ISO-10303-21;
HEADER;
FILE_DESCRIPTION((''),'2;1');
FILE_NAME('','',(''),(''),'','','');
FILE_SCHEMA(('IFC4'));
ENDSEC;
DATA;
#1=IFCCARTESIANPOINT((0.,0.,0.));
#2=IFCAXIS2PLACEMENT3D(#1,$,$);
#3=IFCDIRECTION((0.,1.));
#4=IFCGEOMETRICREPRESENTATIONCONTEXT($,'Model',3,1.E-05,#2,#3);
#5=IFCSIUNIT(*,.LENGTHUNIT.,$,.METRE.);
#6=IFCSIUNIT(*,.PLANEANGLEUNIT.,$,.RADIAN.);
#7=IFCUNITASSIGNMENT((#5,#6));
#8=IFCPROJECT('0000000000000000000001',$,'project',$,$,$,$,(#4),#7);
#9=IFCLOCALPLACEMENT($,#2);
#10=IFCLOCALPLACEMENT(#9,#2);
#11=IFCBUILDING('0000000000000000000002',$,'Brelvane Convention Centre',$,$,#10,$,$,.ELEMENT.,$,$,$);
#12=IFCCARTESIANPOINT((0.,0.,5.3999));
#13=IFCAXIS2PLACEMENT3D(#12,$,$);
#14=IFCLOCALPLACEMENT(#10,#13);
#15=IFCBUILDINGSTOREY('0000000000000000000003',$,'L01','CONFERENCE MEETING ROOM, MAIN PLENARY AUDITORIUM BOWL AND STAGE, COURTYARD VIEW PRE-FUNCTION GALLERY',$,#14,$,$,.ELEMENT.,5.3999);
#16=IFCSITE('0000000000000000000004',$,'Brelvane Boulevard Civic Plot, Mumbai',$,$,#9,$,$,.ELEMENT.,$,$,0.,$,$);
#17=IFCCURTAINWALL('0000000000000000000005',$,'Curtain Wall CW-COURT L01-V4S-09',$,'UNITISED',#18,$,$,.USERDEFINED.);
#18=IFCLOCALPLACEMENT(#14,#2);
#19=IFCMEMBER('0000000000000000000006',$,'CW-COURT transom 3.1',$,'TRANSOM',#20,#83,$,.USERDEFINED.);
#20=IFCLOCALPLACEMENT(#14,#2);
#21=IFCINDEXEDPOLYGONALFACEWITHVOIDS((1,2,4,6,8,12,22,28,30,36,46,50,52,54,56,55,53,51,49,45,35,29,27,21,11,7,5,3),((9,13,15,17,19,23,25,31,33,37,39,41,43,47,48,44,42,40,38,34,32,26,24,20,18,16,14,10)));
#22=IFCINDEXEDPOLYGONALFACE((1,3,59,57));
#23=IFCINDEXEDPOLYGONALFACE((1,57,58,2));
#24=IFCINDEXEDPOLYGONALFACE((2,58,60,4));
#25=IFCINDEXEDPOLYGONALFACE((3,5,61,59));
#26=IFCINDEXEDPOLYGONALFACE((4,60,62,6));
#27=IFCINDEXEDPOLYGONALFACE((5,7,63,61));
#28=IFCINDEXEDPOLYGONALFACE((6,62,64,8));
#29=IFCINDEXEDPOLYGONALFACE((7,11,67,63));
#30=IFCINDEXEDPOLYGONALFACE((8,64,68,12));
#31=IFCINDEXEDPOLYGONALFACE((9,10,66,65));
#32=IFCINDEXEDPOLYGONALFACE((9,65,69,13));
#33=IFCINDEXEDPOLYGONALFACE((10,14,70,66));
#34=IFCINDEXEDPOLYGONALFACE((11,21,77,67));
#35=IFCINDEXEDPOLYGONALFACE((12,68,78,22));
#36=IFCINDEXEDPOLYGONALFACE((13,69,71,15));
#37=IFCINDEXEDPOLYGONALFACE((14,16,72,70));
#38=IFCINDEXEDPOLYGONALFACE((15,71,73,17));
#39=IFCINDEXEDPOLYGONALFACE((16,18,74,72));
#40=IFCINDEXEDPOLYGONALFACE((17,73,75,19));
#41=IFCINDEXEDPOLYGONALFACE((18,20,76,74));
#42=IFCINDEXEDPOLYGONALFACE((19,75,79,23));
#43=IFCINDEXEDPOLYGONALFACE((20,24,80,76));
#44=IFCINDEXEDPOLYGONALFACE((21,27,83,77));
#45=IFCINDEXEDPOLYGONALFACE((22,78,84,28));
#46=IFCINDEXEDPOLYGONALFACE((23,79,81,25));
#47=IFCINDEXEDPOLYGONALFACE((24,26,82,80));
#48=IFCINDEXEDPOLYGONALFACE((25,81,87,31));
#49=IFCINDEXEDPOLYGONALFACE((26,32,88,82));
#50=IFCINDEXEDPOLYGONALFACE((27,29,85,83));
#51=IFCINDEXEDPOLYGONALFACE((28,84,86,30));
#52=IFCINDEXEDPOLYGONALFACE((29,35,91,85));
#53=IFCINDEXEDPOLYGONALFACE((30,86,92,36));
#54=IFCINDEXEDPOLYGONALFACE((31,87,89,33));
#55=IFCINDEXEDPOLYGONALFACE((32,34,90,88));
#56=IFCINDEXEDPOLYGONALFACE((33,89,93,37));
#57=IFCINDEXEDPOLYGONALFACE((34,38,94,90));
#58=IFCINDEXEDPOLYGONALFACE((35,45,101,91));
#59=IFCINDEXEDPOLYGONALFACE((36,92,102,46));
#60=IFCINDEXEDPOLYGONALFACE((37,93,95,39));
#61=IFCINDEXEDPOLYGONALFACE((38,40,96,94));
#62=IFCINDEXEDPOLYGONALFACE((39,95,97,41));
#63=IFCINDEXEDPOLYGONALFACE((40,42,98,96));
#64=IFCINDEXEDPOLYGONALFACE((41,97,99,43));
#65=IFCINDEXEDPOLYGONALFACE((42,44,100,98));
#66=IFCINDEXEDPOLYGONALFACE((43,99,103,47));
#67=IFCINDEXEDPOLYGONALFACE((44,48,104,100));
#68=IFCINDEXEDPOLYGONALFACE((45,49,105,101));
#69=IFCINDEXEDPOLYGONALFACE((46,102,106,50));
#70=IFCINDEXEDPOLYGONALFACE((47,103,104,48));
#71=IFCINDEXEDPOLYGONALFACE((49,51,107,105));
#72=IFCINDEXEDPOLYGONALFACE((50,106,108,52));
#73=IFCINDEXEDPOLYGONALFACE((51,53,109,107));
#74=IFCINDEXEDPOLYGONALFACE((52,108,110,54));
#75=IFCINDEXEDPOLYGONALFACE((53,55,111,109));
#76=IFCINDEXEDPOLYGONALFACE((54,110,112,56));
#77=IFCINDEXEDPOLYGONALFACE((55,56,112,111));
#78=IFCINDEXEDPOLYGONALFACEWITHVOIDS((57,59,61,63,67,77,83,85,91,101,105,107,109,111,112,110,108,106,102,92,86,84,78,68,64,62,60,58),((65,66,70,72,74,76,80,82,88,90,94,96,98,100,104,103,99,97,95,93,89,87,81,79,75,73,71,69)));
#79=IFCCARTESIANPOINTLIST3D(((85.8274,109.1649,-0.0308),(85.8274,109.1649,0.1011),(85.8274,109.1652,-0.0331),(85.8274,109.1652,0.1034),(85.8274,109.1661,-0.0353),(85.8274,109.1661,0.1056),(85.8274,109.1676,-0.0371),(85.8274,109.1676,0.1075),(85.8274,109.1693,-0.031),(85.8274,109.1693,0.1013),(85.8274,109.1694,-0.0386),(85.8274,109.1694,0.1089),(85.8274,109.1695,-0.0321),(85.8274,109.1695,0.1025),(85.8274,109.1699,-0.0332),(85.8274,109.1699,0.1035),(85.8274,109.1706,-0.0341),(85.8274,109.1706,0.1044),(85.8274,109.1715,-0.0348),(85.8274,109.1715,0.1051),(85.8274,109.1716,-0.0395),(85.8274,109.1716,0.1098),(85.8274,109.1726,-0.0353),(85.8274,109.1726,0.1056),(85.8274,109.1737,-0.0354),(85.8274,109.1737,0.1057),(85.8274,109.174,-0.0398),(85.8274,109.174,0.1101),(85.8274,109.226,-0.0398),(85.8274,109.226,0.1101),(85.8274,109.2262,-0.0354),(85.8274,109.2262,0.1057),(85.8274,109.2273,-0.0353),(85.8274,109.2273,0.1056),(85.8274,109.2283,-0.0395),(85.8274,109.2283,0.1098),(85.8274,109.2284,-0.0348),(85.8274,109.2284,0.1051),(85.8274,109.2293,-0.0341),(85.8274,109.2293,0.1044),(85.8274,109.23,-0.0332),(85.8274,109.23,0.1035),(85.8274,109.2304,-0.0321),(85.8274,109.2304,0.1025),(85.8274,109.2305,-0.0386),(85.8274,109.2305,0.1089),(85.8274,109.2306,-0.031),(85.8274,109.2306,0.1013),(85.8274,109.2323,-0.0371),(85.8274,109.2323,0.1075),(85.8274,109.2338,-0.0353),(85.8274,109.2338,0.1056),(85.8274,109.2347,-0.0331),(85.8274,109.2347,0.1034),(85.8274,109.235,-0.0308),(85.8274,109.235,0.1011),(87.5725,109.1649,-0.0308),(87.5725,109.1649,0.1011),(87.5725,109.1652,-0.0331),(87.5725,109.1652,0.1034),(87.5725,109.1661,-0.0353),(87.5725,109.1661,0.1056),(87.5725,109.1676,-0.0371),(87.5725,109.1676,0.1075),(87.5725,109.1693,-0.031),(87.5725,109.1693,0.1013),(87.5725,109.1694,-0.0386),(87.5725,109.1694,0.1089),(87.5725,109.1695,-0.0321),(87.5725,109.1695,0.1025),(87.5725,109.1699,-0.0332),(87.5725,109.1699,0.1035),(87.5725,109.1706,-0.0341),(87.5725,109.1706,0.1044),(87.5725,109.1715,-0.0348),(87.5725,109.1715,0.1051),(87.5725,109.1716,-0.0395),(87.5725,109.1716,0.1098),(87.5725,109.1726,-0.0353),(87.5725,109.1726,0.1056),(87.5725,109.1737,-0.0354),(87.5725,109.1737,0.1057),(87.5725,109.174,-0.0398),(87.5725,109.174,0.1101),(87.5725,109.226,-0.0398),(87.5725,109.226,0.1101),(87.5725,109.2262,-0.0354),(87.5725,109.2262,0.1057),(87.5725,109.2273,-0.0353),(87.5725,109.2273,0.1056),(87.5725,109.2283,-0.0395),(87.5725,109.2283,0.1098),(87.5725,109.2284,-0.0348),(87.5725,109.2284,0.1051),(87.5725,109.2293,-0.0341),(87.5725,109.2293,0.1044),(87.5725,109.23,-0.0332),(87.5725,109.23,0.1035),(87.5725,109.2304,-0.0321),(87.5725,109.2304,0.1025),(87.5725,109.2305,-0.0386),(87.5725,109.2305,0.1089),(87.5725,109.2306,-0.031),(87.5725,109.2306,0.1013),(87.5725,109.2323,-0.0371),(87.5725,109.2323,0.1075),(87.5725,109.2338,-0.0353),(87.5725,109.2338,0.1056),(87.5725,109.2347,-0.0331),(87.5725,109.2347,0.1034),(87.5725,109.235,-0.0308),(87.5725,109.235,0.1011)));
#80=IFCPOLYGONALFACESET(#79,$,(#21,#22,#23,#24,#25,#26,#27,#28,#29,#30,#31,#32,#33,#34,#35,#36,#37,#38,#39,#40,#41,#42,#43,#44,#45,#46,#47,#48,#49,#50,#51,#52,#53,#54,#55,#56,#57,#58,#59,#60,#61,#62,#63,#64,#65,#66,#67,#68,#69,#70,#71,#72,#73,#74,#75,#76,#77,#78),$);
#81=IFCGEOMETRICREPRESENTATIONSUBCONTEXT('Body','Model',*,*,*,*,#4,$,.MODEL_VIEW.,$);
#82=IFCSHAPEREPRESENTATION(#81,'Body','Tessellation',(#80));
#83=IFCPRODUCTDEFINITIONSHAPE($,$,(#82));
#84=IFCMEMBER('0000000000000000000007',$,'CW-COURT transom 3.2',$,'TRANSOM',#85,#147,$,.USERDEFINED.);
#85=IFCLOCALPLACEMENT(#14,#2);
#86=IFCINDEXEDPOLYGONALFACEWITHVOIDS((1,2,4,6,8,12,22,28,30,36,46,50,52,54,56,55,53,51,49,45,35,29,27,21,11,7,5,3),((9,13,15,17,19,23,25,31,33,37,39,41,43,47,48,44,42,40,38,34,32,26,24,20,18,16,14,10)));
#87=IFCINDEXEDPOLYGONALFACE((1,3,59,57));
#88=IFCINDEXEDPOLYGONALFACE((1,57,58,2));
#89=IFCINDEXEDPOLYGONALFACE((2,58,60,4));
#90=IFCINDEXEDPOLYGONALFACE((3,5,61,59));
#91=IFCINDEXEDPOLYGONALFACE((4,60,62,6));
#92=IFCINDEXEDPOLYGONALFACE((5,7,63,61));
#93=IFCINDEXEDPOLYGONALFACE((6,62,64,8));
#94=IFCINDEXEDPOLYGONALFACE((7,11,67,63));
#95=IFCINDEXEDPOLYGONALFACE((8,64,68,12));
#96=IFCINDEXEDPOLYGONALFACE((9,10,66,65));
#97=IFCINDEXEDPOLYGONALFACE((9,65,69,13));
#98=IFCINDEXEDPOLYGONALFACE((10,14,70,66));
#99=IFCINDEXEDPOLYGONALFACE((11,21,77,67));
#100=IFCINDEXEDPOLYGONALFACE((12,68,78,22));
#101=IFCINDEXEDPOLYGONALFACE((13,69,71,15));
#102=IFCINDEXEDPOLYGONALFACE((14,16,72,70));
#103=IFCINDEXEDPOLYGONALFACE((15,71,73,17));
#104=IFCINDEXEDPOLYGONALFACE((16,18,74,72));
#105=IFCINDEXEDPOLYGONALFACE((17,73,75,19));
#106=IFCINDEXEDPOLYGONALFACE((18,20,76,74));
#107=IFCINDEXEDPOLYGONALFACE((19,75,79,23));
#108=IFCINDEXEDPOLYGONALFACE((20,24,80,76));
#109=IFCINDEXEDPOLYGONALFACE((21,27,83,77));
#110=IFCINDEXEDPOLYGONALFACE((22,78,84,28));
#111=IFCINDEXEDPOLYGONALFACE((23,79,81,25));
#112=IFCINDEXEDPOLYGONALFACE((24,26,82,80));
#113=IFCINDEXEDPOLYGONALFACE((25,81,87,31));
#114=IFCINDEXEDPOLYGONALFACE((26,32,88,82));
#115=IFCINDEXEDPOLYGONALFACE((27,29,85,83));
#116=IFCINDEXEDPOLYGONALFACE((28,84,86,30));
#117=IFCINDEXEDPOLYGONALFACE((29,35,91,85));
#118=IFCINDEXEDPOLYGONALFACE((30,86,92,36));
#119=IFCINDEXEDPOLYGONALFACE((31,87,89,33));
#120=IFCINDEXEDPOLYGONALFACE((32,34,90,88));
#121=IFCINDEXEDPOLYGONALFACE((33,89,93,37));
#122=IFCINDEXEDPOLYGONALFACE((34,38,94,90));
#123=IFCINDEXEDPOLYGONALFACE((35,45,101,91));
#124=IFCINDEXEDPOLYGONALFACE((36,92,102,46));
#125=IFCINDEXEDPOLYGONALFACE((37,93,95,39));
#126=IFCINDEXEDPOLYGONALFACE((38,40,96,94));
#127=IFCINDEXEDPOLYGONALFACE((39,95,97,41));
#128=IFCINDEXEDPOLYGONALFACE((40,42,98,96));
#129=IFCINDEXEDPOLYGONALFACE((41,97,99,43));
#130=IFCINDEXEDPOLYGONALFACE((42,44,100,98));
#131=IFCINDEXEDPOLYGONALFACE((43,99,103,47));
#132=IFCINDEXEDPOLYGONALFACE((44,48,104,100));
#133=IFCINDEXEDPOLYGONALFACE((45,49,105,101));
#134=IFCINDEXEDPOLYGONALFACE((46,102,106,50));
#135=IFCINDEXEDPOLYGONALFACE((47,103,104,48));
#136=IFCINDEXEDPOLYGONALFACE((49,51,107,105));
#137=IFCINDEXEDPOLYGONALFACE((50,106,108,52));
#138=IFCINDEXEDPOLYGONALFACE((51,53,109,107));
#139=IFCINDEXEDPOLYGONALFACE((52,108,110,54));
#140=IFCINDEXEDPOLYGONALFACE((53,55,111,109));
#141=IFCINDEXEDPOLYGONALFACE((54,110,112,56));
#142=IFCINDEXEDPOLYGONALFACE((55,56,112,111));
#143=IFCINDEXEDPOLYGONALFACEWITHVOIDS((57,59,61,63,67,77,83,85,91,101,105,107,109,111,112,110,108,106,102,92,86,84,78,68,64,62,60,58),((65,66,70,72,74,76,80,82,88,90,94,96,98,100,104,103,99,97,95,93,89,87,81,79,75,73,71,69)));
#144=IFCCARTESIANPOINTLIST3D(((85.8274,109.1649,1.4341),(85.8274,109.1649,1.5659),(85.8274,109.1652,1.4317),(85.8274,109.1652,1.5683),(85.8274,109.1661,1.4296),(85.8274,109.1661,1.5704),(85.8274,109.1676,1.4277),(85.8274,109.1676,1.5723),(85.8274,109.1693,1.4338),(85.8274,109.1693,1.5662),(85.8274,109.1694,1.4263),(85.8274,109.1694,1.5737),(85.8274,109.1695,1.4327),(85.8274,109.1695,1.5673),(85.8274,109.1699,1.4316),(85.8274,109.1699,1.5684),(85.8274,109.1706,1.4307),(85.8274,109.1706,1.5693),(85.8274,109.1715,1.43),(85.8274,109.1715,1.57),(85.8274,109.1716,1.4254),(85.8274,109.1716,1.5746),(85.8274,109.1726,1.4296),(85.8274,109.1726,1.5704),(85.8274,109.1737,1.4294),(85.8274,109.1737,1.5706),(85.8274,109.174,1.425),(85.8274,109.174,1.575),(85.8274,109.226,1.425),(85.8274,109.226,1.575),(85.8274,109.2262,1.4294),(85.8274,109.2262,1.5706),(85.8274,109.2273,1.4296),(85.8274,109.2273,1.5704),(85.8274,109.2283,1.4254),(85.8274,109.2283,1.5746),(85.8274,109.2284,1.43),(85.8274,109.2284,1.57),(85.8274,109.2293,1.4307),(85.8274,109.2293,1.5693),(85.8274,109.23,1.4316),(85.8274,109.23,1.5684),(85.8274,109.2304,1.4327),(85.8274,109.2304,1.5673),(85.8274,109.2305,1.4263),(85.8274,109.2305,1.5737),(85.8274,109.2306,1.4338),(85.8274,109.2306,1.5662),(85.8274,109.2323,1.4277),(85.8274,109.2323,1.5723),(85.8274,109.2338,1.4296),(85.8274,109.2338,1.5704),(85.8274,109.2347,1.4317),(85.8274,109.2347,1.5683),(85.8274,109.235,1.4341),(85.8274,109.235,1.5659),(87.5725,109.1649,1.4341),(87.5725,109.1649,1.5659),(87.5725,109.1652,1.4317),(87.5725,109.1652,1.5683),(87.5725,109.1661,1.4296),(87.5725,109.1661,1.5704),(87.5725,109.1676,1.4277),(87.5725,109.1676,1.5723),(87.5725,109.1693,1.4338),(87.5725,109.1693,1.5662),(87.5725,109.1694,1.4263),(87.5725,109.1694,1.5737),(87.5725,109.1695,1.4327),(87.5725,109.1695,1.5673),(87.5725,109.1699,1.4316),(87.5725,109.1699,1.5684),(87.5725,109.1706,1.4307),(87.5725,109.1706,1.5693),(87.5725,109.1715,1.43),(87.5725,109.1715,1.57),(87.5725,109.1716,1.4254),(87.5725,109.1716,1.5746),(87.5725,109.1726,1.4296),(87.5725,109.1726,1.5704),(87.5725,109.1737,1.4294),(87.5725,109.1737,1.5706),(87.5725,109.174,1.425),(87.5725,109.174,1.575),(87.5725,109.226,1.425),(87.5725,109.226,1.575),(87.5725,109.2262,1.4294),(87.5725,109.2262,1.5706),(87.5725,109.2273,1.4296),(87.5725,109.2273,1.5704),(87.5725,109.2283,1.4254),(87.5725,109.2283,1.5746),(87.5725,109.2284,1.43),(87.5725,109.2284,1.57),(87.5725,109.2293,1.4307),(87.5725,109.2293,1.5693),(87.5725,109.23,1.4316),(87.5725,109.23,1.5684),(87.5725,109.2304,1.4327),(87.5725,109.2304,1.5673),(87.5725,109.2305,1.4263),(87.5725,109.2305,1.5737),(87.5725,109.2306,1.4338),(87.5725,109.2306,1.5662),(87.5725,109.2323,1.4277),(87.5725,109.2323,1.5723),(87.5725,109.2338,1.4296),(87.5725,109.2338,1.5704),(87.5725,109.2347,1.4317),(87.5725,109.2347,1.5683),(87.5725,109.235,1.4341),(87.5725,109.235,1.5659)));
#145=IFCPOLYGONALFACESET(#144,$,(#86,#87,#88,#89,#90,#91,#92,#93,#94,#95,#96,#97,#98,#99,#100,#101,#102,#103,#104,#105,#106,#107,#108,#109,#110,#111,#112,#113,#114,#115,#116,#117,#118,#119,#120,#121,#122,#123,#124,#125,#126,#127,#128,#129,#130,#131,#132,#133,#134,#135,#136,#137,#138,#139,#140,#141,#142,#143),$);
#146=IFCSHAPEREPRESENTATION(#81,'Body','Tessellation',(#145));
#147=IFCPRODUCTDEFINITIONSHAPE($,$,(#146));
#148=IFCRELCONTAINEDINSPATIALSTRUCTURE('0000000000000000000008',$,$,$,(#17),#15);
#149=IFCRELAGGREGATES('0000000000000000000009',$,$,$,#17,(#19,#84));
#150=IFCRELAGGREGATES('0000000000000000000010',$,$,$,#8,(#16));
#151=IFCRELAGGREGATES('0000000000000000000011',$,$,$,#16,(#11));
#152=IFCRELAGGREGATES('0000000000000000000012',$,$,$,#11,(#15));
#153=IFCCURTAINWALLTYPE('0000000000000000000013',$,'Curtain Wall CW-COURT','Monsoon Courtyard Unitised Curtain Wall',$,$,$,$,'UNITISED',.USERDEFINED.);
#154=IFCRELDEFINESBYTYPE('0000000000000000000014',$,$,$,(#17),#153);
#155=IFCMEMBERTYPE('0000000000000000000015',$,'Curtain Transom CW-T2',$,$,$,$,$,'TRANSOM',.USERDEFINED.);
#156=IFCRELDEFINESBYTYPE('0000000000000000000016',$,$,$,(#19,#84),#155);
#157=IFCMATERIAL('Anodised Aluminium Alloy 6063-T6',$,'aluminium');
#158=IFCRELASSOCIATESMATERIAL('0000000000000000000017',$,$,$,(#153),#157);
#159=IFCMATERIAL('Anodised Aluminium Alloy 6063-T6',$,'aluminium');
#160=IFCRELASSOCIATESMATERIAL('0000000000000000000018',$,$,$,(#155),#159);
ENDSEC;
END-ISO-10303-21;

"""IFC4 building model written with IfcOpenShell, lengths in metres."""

from ifc_helpers import new_model, si_unit, direction, frame, origin, origin_2d, place, context, subcontext, project, spatial, hollow_rectangle, extrude, material, material_profile, profile_set, type_object, element, aggregate, save


model = new_model("IFC4")

# Units and contexts
model_context = context("Model", 3, precision=1e-05, world=origin(), true_north=direction((0.0, 1.0)))
body_context = subcontext(model_context, "Body", "Model", "MODEL_VIEW")
ifc_project = project(units=[si_unit("LENGTHUNIT", "METRE"), si_unit("PLANEANGLEUNIT", "RADIAN")], contexts=[model_context])

# Site, building, storey
site_placement = place(None, origin())
site = spatial("IfcSite", under=ifc_project, at=site_placement, Name="Brelvane Boulevard Civic Plot, Mumbai", CompositionType="ELEMENT", RefElevation=0.0)
building_placement = place(site_placement, origin())
building = spatial("IfcBuilding", under=site, at=building_placement, Name="Brelvane Convention Centre", CompositionType="ELEMENT")
storey_placement = place(building_placement, frame((0.0, 0.0, 5.3999)))
storey = spatial("IfcBuildingStorey", under=building, at=storey_placement, Name="L01", Description="CONFERENCE MEETING ROOM, MAIN PLENARY AUDITORIUM BOWL AND STAGE, COURTYARD VIEW PRE-FUNCTION GALLERY", CompositionType="ELEMENT", Elevation=5.3999)

# Curtain wall, members
ifc_material_1 = material(Name="Anodised Aluminium Alloy 6063-T6", Category="aluminium")
curtain_wall_type = type_object("IfcCurtainWallType", Name="Curtain Wall CW-COURT", Description="Monsoon Courtyard Unitised Curtain Wall", ElementType="UNITISED", PredefinedType="USERDEFINED", material=ifc_material_1)
curtain_wall_placement = place(storey_placement, origin())
curtain_wall = element("IfcCurtainWall", 1, at=curtain_wall_placement, inside=storey, type_object=curtain_wall_type, Name="Curtain Wall CW-COURT L01-V4S-09", ObjectType="UNITISED", PredefinedType="USERDEFINED")
ifc_material_2 = material(Name="Anodised Aluminium Alloy 6063-T6", Category="aluminium")
ifc_material_profile_1 = material_profile(ifc_material_2, hollow_rectangle(XDim=0.0701, YDim=0.1499, WallThickness=0.0044, InnerFilletRadius=0.0044, OuterFilletRadius=0.009, at=origin_2d()), Name="ALU-T 150x70x4.5")
ifc_profile_set_1 = profile_set([ifc_material_profile_1], Name="Anodised Aluminium Alloy 6063-T6")
member_type_1 = type_object("IfcMemberType", Name="Curtain Transom CW-T2", ElementType="TRANSOM", PredefinedType="USERDEFINED", material=ifc_profile_set_1)
member_1_placement = place(storey_placement, frame((85.8274, 109.2, 0.0352), z_axis=(1.0, 0.0, 0.0), x_axis=(0.0, 1.0, 0.0)))
member_1 = element("IfcMember", 2, at=member_1_placement, type_object=member_type_1, Name="CW-COURT transom 3.1", ObjectType="TRANSOM", PredefinedType="USERDEFINED", context=body_context, shape_type="SweptSolid", body=[
    extrude(hollow_rectangle(XDim=0.0701, YDim=0.1499, WallThickness=0.0044, InnerFilletRadius=0.0044, OuterFilletRadius=0.009, at=origin_2d()), origin(), (0.0, 0.0, 1.0), 1.7451),
])
member_2_placement = place(storey_placement, frame((85.8274, 109.2, 1.5), z_axis=(1.0, 0.0, 0.0), x_axis=(0.0, 1.0, 0.0)))
member_2 = element("IfcMember", 3, at=member_2_placement, type_object=member_type_1, Name="CW-COURT transom 3.2", ObjectType="TRANSOM", PredefinedType="USERDEFINED", context=body_context, shape_type="SweptSolid", body=[
    extrude(hollow_rectangle(XDim=0.0701, YDim=0.1499, WallThickness=0.0044, InnerFilletRadius=0.0044, OuterFilletRadius=0.009, at=origin_2d()), origin(), (0.0, 0.0, 1.0), 1.7451),
])

aggregate(curtain_wall, [member_1, member_2])

save(model, "model.ifc")
